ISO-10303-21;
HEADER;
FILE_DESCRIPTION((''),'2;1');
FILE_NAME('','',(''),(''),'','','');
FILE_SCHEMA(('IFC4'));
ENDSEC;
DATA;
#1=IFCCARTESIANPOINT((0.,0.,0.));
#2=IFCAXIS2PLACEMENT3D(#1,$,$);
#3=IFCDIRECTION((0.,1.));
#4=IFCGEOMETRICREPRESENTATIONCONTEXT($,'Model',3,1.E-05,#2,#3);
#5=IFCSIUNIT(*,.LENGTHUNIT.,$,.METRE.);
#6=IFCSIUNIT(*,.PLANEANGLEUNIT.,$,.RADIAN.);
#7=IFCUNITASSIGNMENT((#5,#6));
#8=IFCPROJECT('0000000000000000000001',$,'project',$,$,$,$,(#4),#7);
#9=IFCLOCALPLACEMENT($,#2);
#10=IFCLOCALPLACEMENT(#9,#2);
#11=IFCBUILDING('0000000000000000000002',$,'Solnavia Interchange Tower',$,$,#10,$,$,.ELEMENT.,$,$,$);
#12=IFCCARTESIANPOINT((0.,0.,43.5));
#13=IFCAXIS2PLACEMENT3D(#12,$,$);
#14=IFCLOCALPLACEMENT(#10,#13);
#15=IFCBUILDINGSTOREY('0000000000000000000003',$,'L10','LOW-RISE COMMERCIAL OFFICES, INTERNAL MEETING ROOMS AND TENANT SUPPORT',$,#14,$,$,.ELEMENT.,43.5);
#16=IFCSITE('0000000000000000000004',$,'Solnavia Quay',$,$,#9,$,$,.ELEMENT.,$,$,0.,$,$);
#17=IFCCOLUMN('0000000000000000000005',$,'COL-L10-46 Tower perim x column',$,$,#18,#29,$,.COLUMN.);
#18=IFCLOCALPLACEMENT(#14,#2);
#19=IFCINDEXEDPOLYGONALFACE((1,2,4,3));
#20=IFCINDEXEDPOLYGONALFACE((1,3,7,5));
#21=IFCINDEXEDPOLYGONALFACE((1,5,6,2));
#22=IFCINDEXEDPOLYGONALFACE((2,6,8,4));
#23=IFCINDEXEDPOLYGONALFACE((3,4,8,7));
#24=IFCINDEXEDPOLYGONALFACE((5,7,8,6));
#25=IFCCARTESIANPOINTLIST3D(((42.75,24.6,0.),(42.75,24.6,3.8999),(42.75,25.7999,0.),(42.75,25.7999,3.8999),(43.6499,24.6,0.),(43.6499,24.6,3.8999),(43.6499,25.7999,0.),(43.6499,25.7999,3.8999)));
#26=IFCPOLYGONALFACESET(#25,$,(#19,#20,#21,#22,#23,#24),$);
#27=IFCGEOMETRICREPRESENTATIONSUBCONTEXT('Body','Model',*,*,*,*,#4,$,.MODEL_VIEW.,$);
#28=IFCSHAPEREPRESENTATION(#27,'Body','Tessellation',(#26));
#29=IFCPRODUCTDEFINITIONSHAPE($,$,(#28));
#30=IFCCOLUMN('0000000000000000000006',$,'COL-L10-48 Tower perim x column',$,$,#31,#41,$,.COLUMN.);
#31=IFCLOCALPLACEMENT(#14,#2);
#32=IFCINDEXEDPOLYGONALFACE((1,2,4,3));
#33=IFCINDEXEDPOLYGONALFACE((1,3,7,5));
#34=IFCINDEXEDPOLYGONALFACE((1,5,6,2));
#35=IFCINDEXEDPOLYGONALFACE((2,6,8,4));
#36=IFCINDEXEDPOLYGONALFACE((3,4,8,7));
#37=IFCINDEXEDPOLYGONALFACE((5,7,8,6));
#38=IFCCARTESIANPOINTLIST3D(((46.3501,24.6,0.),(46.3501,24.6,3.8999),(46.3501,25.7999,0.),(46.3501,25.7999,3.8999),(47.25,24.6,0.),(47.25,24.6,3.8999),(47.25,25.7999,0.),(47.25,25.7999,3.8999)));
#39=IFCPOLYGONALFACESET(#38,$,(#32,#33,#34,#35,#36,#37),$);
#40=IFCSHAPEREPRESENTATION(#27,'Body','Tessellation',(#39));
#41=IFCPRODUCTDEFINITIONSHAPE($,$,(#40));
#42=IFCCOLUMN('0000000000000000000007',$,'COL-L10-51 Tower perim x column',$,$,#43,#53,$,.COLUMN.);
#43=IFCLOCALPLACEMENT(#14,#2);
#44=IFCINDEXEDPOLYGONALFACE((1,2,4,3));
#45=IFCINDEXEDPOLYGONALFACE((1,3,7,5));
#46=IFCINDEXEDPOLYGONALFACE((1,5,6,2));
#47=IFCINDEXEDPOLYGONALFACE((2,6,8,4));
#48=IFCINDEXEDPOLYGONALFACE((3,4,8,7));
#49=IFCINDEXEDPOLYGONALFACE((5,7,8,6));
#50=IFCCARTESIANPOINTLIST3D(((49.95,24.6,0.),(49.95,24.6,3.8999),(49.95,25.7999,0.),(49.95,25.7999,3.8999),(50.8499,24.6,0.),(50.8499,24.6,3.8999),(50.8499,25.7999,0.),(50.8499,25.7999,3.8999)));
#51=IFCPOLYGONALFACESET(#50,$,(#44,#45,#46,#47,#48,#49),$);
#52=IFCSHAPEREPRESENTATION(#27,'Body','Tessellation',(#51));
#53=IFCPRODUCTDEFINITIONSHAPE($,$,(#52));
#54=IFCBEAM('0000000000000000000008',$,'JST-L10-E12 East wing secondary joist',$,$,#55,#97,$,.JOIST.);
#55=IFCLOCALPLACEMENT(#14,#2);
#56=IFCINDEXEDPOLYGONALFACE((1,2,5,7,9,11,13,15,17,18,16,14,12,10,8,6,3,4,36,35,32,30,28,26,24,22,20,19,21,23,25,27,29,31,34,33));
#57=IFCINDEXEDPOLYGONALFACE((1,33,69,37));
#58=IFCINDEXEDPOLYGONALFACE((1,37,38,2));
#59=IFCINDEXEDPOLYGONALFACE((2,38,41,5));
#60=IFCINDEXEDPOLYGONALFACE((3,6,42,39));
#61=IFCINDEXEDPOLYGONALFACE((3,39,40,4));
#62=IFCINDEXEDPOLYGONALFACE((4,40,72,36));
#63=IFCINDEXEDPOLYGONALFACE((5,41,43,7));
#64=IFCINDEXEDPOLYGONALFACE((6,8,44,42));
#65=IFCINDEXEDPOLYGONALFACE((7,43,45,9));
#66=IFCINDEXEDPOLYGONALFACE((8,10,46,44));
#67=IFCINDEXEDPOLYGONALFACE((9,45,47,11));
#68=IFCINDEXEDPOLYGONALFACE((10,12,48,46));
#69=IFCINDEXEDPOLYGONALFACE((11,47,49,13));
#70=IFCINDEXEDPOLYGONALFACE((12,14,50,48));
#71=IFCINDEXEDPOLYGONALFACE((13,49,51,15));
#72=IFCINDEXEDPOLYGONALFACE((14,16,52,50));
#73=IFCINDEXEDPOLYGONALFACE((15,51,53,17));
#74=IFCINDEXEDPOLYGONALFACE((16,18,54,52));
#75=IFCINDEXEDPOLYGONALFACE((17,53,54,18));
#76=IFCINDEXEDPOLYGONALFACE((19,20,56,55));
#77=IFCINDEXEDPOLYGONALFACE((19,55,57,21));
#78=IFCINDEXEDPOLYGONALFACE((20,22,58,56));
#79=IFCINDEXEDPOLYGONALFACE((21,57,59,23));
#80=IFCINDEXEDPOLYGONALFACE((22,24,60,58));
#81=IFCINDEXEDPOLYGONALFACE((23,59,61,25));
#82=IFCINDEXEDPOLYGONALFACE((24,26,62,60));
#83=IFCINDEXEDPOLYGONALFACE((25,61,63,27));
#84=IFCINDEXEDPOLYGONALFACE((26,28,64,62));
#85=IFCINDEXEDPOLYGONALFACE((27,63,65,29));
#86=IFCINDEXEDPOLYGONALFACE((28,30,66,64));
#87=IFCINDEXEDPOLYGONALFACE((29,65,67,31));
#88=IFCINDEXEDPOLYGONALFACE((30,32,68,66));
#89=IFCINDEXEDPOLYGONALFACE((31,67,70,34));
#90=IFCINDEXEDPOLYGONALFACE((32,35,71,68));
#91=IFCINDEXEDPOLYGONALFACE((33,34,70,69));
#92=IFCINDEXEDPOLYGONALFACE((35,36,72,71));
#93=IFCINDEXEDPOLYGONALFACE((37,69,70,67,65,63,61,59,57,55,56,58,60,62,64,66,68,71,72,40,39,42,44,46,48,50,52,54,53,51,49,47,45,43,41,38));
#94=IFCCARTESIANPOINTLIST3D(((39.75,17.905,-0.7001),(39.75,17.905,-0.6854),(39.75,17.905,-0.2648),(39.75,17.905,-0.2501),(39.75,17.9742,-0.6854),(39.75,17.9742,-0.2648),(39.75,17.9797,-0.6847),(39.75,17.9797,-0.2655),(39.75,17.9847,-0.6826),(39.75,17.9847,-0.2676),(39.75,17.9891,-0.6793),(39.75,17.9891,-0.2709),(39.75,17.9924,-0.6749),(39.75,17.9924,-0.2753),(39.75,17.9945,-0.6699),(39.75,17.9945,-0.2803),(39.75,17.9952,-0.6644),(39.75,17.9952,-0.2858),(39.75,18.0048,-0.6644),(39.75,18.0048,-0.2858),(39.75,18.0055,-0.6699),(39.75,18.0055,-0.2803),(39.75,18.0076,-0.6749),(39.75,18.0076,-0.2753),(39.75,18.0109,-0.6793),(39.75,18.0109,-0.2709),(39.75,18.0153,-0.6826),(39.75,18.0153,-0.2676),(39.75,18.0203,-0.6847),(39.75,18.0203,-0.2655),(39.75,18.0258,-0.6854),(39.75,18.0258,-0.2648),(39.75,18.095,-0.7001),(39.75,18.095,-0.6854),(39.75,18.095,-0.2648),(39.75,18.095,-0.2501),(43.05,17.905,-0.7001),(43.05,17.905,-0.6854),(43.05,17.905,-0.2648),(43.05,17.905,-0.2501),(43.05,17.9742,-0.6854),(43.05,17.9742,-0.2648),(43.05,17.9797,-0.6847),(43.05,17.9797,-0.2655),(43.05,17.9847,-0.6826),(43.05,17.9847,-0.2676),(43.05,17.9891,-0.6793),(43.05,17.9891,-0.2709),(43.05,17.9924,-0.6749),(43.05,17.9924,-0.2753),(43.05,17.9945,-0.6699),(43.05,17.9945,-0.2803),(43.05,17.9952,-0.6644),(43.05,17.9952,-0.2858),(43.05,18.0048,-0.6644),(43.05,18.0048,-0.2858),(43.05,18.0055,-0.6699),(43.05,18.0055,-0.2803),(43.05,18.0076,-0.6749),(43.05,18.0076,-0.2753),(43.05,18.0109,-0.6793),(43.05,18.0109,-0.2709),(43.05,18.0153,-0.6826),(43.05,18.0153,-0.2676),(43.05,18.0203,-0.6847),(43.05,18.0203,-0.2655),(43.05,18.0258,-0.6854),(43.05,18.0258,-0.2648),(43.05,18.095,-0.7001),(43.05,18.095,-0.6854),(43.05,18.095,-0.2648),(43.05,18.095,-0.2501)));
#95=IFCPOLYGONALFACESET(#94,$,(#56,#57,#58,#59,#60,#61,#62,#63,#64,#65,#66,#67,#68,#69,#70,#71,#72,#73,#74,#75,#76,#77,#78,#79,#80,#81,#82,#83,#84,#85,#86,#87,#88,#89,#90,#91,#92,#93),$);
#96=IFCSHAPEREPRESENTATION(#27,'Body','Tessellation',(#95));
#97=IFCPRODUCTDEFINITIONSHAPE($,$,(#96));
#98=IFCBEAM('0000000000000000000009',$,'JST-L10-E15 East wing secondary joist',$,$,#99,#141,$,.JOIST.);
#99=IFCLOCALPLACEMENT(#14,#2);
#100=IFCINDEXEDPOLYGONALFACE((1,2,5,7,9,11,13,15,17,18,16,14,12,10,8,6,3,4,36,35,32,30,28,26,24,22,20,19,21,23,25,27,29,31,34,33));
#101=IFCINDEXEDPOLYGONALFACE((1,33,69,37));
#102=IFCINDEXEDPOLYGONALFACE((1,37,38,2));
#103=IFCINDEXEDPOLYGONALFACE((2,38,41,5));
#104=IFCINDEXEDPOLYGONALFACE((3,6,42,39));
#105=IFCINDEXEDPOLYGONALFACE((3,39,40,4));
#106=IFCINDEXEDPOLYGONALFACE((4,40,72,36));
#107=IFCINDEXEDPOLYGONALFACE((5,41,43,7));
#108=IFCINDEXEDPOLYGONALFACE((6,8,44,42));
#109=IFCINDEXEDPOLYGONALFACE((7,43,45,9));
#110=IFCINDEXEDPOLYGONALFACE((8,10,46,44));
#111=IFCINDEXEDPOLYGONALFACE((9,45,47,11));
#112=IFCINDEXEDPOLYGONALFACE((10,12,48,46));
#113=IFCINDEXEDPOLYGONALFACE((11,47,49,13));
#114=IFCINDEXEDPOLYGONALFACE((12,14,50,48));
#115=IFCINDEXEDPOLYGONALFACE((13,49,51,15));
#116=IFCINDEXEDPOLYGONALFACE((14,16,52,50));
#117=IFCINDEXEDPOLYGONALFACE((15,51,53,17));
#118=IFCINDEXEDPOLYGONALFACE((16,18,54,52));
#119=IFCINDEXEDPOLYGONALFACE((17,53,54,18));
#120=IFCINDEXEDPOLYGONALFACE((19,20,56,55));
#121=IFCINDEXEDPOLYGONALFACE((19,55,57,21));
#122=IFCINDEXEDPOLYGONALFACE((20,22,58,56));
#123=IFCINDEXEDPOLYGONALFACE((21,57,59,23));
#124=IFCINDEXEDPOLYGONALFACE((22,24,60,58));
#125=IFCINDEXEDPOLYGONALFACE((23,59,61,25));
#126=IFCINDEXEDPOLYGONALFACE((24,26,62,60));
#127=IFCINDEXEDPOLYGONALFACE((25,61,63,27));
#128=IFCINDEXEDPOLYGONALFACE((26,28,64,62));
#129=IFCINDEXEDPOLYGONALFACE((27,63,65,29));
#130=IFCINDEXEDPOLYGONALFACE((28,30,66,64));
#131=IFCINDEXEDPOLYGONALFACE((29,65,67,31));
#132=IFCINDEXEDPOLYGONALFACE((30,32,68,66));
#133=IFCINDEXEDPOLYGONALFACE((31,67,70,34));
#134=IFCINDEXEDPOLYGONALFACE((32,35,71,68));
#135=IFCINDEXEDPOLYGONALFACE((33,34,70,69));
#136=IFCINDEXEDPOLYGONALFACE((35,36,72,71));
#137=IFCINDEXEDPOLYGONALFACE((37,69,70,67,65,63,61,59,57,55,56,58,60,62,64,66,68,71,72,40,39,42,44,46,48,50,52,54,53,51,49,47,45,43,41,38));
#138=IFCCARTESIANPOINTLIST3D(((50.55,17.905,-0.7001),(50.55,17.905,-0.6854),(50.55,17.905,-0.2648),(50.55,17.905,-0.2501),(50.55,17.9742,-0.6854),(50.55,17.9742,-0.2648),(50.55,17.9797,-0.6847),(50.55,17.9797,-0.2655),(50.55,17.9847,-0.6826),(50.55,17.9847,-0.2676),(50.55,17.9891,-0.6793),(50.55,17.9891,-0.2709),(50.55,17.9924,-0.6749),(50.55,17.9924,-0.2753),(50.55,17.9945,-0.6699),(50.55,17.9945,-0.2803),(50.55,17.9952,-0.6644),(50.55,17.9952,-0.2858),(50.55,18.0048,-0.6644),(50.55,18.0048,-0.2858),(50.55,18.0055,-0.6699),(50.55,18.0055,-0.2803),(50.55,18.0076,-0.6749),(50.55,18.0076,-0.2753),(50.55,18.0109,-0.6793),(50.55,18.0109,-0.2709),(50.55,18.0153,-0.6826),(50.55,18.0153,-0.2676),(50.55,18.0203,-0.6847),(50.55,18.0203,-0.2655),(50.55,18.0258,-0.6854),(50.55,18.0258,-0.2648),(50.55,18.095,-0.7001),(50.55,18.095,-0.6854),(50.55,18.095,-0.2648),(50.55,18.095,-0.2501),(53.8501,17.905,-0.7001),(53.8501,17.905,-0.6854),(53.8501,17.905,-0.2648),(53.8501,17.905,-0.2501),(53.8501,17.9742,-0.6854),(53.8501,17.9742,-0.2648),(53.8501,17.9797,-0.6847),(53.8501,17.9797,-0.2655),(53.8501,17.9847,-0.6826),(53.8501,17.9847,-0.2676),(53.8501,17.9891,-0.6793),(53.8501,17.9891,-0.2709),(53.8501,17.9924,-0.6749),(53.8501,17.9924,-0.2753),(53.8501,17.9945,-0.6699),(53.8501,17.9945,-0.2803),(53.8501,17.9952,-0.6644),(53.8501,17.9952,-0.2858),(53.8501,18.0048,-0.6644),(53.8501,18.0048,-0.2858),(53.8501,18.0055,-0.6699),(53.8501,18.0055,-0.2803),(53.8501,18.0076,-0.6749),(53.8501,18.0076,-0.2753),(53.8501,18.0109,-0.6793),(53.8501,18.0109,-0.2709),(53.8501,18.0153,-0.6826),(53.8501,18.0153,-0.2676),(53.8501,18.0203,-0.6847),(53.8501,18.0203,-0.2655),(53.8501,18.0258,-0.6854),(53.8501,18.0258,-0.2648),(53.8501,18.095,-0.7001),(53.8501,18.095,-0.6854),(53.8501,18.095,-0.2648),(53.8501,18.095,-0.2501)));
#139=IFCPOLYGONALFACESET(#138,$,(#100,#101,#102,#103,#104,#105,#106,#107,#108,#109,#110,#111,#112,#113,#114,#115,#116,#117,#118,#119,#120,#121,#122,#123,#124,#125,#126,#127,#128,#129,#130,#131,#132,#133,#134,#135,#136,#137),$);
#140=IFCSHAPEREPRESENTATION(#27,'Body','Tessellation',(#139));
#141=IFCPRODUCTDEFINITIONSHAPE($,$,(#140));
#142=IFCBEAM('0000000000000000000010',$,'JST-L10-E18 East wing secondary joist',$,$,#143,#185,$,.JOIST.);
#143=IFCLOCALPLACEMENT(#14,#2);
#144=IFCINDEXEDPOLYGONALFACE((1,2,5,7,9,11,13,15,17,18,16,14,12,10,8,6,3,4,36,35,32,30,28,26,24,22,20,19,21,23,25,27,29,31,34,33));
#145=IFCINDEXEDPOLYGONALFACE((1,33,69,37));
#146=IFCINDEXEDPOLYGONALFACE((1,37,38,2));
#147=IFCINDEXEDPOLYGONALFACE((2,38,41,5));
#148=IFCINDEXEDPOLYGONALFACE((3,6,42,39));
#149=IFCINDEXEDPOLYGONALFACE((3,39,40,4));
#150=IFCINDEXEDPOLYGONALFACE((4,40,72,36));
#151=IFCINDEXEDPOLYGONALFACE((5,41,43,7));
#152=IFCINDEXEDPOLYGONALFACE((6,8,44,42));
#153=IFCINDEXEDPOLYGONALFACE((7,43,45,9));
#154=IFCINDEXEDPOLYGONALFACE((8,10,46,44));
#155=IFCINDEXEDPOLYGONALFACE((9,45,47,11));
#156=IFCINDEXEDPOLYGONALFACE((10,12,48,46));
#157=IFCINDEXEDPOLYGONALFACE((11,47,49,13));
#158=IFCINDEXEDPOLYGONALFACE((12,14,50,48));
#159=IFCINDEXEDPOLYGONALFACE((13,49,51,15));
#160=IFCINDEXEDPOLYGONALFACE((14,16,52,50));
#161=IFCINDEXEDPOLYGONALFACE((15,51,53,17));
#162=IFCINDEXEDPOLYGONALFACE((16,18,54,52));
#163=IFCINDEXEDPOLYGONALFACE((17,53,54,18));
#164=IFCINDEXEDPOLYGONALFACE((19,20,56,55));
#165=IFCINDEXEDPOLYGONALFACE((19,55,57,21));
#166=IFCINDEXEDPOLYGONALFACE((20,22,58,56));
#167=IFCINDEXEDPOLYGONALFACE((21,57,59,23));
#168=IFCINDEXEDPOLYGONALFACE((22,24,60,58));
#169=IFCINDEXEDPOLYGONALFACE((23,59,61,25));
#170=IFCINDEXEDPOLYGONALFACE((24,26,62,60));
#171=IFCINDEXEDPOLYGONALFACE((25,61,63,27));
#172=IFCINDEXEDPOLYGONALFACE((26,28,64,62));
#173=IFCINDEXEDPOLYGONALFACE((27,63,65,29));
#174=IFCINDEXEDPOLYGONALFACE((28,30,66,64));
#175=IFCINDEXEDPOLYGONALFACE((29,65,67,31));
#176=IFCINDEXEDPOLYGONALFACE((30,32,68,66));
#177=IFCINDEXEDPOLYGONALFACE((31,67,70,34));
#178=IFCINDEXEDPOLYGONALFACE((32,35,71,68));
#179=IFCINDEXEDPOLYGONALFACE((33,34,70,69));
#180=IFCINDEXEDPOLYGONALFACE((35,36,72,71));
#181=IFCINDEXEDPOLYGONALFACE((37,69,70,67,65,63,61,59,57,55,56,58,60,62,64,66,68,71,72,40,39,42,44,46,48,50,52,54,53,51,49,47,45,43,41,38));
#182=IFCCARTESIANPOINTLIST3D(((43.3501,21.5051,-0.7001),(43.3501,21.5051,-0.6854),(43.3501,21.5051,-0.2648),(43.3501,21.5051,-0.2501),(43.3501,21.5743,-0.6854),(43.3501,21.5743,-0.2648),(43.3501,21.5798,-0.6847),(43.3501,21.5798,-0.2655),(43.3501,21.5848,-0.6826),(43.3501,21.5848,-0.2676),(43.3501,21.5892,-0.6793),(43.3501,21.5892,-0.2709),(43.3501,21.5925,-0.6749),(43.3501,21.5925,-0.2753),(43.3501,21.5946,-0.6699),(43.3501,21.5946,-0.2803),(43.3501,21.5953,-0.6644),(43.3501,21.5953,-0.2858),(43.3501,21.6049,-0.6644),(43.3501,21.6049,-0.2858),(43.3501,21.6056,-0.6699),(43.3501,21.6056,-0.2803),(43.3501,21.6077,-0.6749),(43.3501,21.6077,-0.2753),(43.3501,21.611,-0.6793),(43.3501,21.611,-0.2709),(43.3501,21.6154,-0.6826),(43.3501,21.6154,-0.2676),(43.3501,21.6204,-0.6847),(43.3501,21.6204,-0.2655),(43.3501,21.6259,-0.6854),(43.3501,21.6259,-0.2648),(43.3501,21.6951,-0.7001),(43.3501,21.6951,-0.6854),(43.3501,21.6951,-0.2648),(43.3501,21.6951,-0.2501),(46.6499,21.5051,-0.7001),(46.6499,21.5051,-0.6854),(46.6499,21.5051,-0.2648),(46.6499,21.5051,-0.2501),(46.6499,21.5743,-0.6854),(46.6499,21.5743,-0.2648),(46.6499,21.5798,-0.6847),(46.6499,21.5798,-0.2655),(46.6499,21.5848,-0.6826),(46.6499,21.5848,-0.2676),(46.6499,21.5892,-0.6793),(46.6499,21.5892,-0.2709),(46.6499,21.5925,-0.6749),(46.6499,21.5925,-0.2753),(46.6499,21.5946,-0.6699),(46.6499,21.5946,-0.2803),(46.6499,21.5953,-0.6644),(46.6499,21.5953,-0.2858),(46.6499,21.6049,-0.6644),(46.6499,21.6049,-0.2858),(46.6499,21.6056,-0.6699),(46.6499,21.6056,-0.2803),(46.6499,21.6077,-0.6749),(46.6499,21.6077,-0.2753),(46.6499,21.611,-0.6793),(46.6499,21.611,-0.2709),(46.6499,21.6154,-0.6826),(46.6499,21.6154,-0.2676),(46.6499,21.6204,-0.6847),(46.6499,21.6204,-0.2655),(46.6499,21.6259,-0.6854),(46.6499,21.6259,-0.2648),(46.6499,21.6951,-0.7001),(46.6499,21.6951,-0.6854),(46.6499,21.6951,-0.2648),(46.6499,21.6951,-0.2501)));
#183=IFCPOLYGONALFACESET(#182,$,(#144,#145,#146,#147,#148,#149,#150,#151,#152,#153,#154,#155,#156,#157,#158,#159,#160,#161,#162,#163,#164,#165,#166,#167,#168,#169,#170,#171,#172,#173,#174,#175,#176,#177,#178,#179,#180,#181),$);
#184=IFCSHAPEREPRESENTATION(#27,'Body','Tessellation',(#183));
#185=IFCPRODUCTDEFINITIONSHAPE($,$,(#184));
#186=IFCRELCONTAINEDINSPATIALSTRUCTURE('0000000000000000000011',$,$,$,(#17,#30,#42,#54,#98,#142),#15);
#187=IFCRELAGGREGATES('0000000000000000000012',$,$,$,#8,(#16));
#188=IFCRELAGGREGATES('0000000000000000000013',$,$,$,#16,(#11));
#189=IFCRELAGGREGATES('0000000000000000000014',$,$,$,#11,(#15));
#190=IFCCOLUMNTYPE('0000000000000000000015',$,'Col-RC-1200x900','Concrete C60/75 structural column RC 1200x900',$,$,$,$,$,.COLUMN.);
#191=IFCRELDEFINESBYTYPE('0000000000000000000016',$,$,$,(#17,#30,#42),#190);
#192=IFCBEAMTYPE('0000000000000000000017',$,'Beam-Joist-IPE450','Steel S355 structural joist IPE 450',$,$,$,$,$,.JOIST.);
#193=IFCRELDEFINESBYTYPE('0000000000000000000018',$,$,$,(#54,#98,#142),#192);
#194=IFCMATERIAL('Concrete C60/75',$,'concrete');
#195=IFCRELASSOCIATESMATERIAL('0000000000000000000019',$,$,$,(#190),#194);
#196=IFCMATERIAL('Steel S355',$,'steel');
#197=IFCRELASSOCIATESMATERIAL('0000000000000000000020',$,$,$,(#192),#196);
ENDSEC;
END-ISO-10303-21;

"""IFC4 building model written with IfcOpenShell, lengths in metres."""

from ifc_helpers import new_model, si_unit, direction, frame, origin, origin_2d, place, context, subcontext, project, spatial, rectangle, i_section, extrude, material, material_profile, profile_set, type_object, element, save


model = new_model("IFC4")

# Units and contexts
model_context = context("Model", 3, precision=1e-05, world=origin(), true_north=direction((0.0, 1.0)))
body_context = subcontext(model_context, "Body", "Model", "MODEL_VIEW")
ifc_project = project(units=[si_unit("LENGTHUNIT", "METRE"), si_unit("PLANEANGLEUNIT", "RADIAN")], contexts=[model_context])

# Site, building, storey
site_placement = place(None, origin())
site = spatial("IfcSite", under=ifc_project, at=site_placement, Name="Solnavia Quay", CompositionType="ELEMENT", RefElevation=0.0)
building_placement = place(site_placement, origin())
building = spatial("IfcBuilding", under=site, at=building_placement, Name="Solnavia Interchange Tower", CompositionType="ELEMENT")
storey_placement = place(building_placement, frame((0.0, 0.0, 43.5)))
storey = spatial("IfcBuildingStorey", under=building, at=storey_placement, Name="L10", Description="LOW-RISE COMMERCIAL OFFICES, INTERNAL MEETING ROOMS AND TENANT SUPPORT", CompositionType="ELEMENT", Elevation=43.5)

# Columns
ifc_material_1 = material(Name="Concrete C60/75", Category="concrete")
ifc_material_profile_1 = material_profile(ifc_material_1, rectangle(XDim=0.8999, YDim=1.2, at=origin_2d()), Name="RC 1200x900")
ifc_profile_set_1 = profile_set([ifc_material_profile_1], Name="Concrete C60/75")
column_type = type_object("IfcColumnType", Name="Col-RC-1200x900", Description="Concrete C60/75 structural column RC 1200x900", PredefinedType="COLUMN", material=ifc_profile_set_1)
for number, where, z_axis, x_axis, name in (
    (1, (43.2, 25.2, 0.0), (0.0, 0.0, 1.0), (1.0, 0.0, 0.0), "COL-L10-46 Tower perim x column"),
    (2, (46.8, 25.2, 0.0), (0.0, 0.0, 1.0), (1.0, 0.0, 0.0), "COL-L10-48 Tower perim x column"),
    (3, (50.3999, 25.2, 0.0), (0.0, 0.0, 1.0), (1.0, 0.0, 0.0), "COL-L10-51 Tower perim x column"),
):
    element("IfcColumn", number, at=place(storey_placement, frame(where, z_axis=z_axis, x_axis=x_axis)), inside=storey, type_object=column_type, Name=name, PredefinedType="COLUMN", context=body_context, shape_type="SweptSolid", body=[
        extrude(rectangle(XDim=0.8999, YDim=1.2, at=origin_2d()), origin(), (0.0, 0.0, 1.0), 3.8999),
    ])

# Beams
ifc_material_2 = material(Name="Steel S355", Category="steel")
ifc_material_profile_2 = material_profile(ifc_material_2, i_section(OverallWidth=0.1899, OverallDepth=0.45, WebThickness=0.0095, FlangeThickness=0.0146, FilletRadius=0.021, at=origin_2d()), Name="IPE 450")
ifc_profile_set_2 = profile_set([ifc_material_profile_2], Name="Steel S355")
beam_type_1 = type_object("IfcBeamType", Name="Beam-Joist-IPE450", Description="Steel S355 structural joist IPE 450", PredefinedType="JOIST", material=ifc_profile_set_2)
for number, where, z_axis, x_axis, name in (
    (4, (39.75, 18.0, -0.4751), (1.0, 0.0, 0.0), (0.0, 1.0, 0.0), "JST-L10-E12 East wing secondary joist"),
    (5, (50.55, 18.0, -0.4751), (1.0, 0.0, 0.0), (0.0, 1.0, 0.0), "JST-L10-E15 East wing secondary joist"),
):
    element("IfcBeam", number, at=place(storey_placement, frame(where, z_axis=z_axis, x_axis=x_axis)), inside=storey, type_object=beam_type_1, Name=name, PredefinedType="JOIST", context=body_context, shape_type="SweptSolid", body=[
        extrude(i_section(OverallWidth=0.1899, OverallDepth=0.45, WebThickness=0.0095, FlangeThickness=0.0146, FilletRadius=0.021, at=origin_2d()), origin(), (0.0, 0.0, 1.0), 3.3),
    ])
beam_1_placement = place(storey_placement, frame((43.3501, 21.6001, -0.4751), z_axis=(1.0, 0.0, 0.0), x_axis=(0.0, 1.0, 0.0)))
element("IfcBeam", 6, at=beam_1_placement, inside=storey, type_object=beam_type_1, Name="JST-L10-E18 East wing secondary joist", PredefinedType="JOIST", context=body_context, shape_type="SweptSolid", body=[
    extrude(i_section(OverallWidth=0.1899, OverallDepth=0.45, WebThickness=0.0095, FlangeThickness=0.0146, FilletRadius=0.021, at=origin_2d()), origin(), (0.0, 0.0, 1.0), 3.2998),
])

save(model, "model.ifc")
